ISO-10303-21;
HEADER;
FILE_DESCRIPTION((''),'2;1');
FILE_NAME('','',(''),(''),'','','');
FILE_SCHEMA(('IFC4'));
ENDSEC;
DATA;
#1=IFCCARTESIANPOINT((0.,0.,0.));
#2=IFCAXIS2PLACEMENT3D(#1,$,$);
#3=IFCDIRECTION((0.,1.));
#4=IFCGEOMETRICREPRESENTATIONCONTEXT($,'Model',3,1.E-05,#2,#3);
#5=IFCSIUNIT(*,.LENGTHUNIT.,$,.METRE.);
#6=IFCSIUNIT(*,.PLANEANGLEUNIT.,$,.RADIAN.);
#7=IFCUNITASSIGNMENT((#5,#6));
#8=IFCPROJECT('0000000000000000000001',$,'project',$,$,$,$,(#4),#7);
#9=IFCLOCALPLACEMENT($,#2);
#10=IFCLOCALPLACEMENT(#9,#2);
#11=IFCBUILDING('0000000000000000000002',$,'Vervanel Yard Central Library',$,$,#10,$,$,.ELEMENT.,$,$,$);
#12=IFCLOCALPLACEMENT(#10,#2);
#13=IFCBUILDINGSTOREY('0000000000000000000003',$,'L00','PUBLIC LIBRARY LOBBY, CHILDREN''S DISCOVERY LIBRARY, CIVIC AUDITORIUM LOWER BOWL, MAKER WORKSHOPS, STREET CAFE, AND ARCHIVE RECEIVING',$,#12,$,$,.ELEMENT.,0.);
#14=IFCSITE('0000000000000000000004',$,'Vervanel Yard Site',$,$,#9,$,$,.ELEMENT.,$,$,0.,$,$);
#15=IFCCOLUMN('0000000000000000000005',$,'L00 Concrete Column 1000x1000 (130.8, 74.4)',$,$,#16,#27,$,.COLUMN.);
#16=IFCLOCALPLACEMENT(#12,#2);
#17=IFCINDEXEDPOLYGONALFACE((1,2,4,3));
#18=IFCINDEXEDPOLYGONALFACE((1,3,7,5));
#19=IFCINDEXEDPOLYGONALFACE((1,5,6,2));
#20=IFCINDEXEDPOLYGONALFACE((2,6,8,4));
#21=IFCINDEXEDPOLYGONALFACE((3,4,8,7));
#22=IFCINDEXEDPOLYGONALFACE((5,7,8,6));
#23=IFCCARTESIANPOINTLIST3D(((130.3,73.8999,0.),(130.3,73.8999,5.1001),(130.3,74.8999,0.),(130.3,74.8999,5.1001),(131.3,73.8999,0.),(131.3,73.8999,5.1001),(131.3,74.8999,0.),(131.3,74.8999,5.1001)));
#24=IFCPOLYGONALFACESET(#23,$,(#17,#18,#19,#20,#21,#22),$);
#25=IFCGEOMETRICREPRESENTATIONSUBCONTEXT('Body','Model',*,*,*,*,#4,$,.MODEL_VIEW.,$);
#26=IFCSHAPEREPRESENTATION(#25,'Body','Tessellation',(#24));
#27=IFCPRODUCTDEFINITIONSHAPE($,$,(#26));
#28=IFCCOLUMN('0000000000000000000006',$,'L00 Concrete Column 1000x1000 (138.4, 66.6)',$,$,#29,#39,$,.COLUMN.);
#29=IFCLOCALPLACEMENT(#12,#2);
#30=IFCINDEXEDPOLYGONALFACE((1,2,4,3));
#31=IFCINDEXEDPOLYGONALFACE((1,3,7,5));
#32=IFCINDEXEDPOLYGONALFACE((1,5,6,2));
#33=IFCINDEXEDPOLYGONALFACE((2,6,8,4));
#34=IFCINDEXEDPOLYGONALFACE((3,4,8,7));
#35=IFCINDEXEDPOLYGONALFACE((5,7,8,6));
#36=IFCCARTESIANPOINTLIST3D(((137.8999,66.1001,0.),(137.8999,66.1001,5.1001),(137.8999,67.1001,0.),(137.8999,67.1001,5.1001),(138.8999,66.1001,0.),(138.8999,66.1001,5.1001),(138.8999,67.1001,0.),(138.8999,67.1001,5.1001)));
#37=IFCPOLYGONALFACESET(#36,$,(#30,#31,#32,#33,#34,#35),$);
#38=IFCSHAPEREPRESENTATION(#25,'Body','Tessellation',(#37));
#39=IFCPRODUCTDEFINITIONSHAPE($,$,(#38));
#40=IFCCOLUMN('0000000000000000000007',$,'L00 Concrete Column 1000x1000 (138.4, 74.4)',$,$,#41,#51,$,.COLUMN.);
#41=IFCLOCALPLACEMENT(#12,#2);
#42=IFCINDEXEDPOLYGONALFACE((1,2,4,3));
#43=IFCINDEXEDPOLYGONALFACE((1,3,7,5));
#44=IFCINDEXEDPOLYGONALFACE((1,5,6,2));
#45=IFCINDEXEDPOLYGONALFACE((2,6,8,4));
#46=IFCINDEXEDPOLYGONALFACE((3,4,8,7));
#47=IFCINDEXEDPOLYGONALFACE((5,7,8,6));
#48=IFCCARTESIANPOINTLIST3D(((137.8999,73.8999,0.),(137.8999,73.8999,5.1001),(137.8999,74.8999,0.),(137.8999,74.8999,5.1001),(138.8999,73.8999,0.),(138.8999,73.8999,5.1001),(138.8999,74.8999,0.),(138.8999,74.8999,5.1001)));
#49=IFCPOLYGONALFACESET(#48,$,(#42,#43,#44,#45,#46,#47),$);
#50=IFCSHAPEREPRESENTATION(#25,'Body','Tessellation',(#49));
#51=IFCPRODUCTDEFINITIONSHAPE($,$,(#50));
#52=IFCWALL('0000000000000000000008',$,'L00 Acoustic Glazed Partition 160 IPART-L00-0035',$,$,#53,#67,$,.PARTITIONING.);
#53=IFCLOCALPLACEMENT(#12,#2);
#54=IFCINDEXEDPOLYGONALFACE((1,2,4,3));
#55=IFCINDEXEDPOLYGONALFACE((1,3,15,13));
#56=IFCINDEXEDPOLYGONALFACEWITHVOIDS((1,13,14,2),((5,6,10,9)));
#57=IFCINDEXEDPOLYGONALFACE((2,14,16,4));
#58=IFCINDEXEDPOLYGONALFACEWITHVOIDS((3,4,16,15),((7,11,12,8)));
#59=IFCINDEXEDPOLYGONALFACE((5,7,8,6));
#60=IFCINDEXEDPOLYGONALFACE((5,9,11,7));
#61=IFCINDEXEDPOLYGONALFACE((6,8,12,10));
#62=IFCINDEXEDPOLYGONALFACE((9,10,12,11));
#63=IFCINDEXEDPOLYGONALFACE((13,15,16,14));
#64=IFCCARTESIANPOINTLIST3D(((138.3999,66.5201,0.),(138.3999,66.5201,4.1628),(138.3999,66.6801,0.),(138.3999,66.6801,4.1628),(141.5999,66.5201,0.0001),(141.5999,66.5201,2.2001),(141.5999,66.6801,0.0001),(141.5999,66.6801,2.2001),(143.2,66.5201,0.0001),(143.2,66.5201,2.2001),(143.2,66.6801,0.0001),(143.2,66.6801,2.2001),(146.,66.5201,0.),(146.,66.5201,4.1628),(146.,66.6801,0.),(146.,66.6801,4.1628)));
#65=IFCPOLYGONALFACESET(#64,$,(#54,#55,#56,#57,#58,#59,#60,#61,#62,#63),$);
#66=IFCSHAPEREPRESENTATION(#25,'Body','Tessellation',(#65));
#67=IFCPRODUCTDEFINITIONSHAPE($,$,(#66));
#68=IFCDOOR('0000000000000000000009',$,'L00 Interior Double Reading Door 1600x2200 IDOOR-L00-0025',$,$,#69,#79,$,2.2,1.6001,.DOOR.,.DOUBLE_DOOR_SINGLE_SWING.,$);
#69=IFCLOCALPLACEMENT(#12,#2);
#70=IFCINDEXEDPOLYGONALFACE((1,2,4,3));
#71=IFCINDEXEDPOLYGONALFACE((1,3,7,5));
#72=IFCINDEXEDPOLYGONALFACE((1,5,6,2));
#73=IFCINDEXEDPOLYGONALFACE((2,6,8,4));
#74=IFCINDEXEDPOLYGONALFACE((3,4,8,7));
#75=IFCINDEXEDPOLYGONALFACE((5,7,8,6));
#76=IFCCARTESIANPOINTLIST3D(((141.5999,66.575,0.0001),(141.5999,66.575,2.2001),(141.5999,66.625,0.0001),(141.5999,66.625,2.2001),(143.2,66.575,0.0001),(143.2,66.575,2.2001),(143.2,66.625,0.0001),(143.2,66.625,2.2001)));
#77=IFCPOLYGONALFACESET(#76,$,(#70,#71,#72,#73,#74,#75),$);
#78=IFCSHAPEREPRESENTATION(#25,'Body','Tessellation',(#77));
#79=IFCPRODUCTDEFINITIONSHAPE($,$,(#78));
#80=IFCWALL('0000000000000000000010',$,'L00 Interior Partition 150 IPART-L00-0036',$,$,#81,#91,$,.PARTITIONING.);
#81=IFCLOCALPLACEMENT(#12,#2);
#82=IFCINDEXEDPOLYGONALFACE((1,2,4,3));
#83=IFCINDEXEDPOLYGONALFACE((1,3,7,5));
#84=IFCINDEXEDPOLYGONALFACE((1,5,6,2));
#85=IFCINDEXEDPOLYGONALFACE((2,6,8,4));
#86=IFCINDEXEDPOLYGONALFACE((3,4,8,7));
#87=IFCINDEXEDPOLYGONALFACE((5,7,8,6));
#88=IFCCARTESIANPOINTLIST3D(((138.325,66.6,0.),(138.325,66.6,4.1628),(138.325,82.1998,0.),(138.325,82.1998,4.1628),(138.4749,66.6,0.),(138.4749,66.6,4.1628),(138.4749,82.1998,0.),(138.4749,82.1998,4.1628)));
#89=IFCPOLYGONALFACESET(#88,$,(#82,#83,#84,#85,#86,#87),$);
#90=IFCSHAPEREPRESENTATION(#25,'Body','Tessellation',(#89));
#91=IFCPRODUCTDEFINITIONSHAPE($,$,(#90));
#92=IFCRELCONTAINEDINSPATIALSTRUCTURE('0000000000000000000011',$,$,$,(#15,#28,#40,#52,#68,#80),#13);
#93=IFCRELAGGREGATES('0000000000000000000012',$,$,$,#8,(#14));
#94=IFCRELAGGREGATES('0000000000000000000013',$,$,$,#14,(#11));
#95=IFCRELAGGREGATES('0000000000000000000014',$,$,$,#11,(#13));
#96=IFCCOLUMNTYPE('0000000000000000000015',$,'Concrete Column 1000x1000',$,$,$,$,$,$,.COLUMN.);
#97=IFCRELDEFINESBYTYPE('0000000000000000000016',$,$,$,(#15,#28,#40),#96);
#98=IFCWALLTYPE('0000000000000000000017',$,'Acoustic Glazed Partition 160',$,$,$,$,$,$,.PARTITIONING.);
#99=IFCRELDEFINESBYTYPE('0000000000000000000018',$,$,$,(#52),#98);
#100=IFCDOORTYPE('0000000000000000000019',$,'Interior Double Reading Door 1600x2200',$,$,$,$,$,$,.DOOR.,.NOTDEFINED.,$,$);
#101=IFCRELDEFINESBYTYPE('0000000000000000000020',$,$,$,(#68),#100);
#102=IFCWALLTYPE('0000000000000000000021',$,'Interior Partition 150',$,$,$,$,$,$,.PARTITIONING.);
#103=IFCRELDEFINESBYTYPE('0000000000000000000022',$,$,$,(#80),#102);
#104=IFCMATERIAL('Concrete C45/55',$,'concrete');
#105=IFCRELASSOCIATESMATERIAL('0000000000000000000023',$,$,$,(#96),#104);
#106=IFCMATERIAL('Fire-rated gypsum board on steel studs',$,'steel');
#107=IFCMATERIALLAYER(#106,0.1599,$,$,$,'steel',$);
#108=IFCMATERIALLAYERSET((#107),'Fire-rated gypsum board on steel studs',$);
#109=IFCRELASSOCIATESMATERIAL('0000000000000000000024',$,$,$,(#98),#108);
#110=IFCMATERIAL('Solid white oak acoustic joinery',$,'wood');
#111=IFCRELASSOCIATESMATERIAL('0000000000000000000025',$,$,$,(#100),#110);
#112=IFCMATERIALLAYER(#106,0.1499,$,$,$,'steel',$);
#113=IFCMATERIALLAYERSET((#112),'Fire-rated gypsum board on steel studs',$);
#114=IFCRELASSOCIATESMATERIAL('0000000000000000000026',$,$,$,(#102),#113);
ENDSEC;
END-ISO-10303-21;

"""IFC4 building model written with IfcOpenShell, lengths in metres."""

from ifc_helpers import new_model, si_unit, direction, frame, frame_2d, origin, origin_2d, place, context, subcontext, project, spatial, rectangle, extrude, material, layer, layer_set, material_profile, profile_set, type_object, element, fill, save


model = new_model("IFC4")

# Units and contexts
model_context = context("Model", 3, precision=1e-05, world=origin(), true_north=direction((0.0, 1.0)))
body_context = subcontext(model_context, "Body", "Model", "MODEL_VIEW")
ifc_project = project(units=[si_unit("LENGTHUNIT", "METRE"), si_unit("PLANEANGLEUNIT", "RADIAN")], contexts=[model_context])

# Site, building, storey
site_placement = place(None, origin())
site = spatial("IfcSite", under=ifc_project, at=site_placement, Name="Vervanel Yard Site", CompositionType="ELEMENT", RefElevation=0.0)
building_placement = place(site_placement, origin())
building = spatial("IfcBuilding", under=site, at=building_placement, Name="Vervanel Yard Central Library", CompositionType="ELEMENT")
storey_placement = place(building_placement, origin())
storey = spatial("IfcBuildingStorey", under=building, at=storey_placement, Name="L00", Description="PUBLIC LIBRARY LOBBY, CHILDREN'S DISCOVERY LIBRARY, CIVIC AUDITORIUM LOWER BOWL, MAKER WORKSHOPS, STREET CAFE, AND ARCHIVE RECEIVING", CompositionType="ELEMENT", Elevation=0.0)

# Columns
ifc_material_1 = material(Name="Concrete C45/55", Category="concrete")
ifc_material_profile_1 = material_profile(ifc_material_1, rectangle(XDim=1.0, YDim=1.0, at=origin_2d()), Name="RC 1000x1000", Category="concrete")
ifc_profile_set_1 = profile_set([ifc_material_profile_1], Name="Concrete C45/55")
column_type = type_object("IfcColumnType", Name="Concrete Column 1000x1000", PredefinedType="COLUMN", material=ifc_profile_set_1)
for number, where, z_axis, x_axis, name in (
    (1, (130.8, 74.3999, 0.0), (0.0, 0.0, 1.0), (1.0, 0.0, 0.0), "L00 Concrete Column 1000x1000 (130.8, 74.4)"),
    (2, (138.3999, 66.6001, 0.0), (0.0, 0.0, 1.0), (1.0, 0.0, 0.0), "L00 Concrete Column 1000x1000 (138.4, 66.6)"),
    (3, (138.3999, 74.3999, 0.0), (0.0, 0.0, 1.0), (1.0, 0.0, 0.0), "L00 Concrete Column 1000x1000 (138.4, 74.4)"),
):
    element("IfcColumn", number, at=place(storey_placement, frame(where, z_axis=z_axis, x_axis=x_axis)), inside=storey, type_object=column_type, Name=name, PredefinedType="COLUMN", context=body_context, shape_type="SweptSolid", body=[
        extrude(rectangle(XDim=1.0, YDim=1.0, at=origin_2d()), origin(), (0.0, 0.0, 1.0), 5.1001),
    ])

# Wall, opening, door
ifc_material_2 = material(Name="Fire-rated gypsum board on steel studs", Category="steel")
ifc_layer_1 = layer(ifc_material_2, 0.1599, Category="steel")
ifc_layer_set_1 = layer_set([ifc_layer_1], Name="Fire-rated gypsum board on steel studs")
wall_type_1 = type_object("IfcWallType", Name="Acoustic Glazed Partition 160", PredefinedType="PARTITIONING", material=ifc_layer_set_1)
wall_1_placement = place(storey_placement, frame((138.3999, 66.6001, 0.0), z_axis=(0.0, 0.0, 1.0), x_axis=(1.0, 0.0, 0.0)))
wall_1 = element("IfcWall", 4, at=wall_1_placement, inside=storey, type_object=wall_type_1, Name="L00 Acoustic Glazed Partition 160 IPART-L00-0035", PredefinedType="PARTITIONING", context=body_context, shape_type="SweptSolid", body=[
    extrude(rectangle(XDim=7.6001, YDim=0.1599, at=frame_2d((3.8, 0.0))), origin(), (0.0, 0.0, 1.0), 4.1628),
])
opening_placement = place(wall_1_placement, frame((3.2, 0.0, 0.0)))
opening = element("IfcOpeningElement", 5, at=opening_placement, cuts=wall_1, PredefinedType="OPENING", context=body_context, shape_type="SweptSolid", body=[
    extrude(rectangle(XDim=1.6001, YDim=2.2, at=frame_2d((0.8, 1.1001))), frame((0.0, 0.0898, 0.0), z_axis=(0.0, -1.0, 0.0), x_axis=(1.0, 0.0, 0.0)), (0.0, 0.0, 1.0), 0.1799),
])
ifc_material_3 = material(Name="Solid white oak acoustic joinery", Category="wood")
door_type = type_object("IfcDoorType", Name="Interior Double Reading Door 1600x2200", OperationType="NOTDEFINED", PredefinedType="DOOR", material=ifc_material_3)
door_placement = place(opening_placement, origin())
door = element("IfcDoor", 6, at=door_placement, inside=storey, type_object=door_type, Name="L00 Interior Double Reading Door 1600x2200 IDOOR-L00-0025", OperationType="DOUBLE_DOOR_SINGLE_SWING", OverallHeight=2.2, OverallWidth=1.6001, PredefinedType="DOOR", context=body_context, shape_type="SweptSolid", body=[
    extrude(rectangle(XDim=1.6001, YDim=2.2, at=frame_2d((0.8, 1.1001))), frame((0.0, 0.0249, 0.0), z_axis=(0.0, -1.0, 0.0), x_axis=(1.0, 0.0, 0.0)), (0.0, 0.0, 1.0), 0.05),
])
fill(opening, door)

# Wall
ifc_layer_2 = layer(ifc_material_2, 0.1499, Category="steel")
ifc_layer_set_2 = layer_set([ifc_layer_2], Name="Fire-rated gypsum board on steel studs")
wall_type_2 = type_object("IfcWallType", Name="Interior Partition 150", PredefinedType="PARTITIONING", material=ifc_layer_set_2)
wall_2_placement = place(storey_placement, frame((138.3999, 66.6001, 0.0), z_axis=(0.0, 0.0, 1.0), x_axis=(0.0, 1.0, 0.0)))
element("IfcWall", 7, at=wall_2_placement, inside=storey, type_object=wall_type_2, Name="L00 Interior Partition 150 IPART-L00-0036", PredefinedType="PARTITIONING", context=body_context, shape_type="SweptSolid", body=[
    extrude(rectangle(XDim=15.5999, YDim=0.1499, at=frame_2d((7.7998, 0.0))), origin(), (0.0, 0.0, 1.0), 4.1628),
])

save(model, "model.ifc")
